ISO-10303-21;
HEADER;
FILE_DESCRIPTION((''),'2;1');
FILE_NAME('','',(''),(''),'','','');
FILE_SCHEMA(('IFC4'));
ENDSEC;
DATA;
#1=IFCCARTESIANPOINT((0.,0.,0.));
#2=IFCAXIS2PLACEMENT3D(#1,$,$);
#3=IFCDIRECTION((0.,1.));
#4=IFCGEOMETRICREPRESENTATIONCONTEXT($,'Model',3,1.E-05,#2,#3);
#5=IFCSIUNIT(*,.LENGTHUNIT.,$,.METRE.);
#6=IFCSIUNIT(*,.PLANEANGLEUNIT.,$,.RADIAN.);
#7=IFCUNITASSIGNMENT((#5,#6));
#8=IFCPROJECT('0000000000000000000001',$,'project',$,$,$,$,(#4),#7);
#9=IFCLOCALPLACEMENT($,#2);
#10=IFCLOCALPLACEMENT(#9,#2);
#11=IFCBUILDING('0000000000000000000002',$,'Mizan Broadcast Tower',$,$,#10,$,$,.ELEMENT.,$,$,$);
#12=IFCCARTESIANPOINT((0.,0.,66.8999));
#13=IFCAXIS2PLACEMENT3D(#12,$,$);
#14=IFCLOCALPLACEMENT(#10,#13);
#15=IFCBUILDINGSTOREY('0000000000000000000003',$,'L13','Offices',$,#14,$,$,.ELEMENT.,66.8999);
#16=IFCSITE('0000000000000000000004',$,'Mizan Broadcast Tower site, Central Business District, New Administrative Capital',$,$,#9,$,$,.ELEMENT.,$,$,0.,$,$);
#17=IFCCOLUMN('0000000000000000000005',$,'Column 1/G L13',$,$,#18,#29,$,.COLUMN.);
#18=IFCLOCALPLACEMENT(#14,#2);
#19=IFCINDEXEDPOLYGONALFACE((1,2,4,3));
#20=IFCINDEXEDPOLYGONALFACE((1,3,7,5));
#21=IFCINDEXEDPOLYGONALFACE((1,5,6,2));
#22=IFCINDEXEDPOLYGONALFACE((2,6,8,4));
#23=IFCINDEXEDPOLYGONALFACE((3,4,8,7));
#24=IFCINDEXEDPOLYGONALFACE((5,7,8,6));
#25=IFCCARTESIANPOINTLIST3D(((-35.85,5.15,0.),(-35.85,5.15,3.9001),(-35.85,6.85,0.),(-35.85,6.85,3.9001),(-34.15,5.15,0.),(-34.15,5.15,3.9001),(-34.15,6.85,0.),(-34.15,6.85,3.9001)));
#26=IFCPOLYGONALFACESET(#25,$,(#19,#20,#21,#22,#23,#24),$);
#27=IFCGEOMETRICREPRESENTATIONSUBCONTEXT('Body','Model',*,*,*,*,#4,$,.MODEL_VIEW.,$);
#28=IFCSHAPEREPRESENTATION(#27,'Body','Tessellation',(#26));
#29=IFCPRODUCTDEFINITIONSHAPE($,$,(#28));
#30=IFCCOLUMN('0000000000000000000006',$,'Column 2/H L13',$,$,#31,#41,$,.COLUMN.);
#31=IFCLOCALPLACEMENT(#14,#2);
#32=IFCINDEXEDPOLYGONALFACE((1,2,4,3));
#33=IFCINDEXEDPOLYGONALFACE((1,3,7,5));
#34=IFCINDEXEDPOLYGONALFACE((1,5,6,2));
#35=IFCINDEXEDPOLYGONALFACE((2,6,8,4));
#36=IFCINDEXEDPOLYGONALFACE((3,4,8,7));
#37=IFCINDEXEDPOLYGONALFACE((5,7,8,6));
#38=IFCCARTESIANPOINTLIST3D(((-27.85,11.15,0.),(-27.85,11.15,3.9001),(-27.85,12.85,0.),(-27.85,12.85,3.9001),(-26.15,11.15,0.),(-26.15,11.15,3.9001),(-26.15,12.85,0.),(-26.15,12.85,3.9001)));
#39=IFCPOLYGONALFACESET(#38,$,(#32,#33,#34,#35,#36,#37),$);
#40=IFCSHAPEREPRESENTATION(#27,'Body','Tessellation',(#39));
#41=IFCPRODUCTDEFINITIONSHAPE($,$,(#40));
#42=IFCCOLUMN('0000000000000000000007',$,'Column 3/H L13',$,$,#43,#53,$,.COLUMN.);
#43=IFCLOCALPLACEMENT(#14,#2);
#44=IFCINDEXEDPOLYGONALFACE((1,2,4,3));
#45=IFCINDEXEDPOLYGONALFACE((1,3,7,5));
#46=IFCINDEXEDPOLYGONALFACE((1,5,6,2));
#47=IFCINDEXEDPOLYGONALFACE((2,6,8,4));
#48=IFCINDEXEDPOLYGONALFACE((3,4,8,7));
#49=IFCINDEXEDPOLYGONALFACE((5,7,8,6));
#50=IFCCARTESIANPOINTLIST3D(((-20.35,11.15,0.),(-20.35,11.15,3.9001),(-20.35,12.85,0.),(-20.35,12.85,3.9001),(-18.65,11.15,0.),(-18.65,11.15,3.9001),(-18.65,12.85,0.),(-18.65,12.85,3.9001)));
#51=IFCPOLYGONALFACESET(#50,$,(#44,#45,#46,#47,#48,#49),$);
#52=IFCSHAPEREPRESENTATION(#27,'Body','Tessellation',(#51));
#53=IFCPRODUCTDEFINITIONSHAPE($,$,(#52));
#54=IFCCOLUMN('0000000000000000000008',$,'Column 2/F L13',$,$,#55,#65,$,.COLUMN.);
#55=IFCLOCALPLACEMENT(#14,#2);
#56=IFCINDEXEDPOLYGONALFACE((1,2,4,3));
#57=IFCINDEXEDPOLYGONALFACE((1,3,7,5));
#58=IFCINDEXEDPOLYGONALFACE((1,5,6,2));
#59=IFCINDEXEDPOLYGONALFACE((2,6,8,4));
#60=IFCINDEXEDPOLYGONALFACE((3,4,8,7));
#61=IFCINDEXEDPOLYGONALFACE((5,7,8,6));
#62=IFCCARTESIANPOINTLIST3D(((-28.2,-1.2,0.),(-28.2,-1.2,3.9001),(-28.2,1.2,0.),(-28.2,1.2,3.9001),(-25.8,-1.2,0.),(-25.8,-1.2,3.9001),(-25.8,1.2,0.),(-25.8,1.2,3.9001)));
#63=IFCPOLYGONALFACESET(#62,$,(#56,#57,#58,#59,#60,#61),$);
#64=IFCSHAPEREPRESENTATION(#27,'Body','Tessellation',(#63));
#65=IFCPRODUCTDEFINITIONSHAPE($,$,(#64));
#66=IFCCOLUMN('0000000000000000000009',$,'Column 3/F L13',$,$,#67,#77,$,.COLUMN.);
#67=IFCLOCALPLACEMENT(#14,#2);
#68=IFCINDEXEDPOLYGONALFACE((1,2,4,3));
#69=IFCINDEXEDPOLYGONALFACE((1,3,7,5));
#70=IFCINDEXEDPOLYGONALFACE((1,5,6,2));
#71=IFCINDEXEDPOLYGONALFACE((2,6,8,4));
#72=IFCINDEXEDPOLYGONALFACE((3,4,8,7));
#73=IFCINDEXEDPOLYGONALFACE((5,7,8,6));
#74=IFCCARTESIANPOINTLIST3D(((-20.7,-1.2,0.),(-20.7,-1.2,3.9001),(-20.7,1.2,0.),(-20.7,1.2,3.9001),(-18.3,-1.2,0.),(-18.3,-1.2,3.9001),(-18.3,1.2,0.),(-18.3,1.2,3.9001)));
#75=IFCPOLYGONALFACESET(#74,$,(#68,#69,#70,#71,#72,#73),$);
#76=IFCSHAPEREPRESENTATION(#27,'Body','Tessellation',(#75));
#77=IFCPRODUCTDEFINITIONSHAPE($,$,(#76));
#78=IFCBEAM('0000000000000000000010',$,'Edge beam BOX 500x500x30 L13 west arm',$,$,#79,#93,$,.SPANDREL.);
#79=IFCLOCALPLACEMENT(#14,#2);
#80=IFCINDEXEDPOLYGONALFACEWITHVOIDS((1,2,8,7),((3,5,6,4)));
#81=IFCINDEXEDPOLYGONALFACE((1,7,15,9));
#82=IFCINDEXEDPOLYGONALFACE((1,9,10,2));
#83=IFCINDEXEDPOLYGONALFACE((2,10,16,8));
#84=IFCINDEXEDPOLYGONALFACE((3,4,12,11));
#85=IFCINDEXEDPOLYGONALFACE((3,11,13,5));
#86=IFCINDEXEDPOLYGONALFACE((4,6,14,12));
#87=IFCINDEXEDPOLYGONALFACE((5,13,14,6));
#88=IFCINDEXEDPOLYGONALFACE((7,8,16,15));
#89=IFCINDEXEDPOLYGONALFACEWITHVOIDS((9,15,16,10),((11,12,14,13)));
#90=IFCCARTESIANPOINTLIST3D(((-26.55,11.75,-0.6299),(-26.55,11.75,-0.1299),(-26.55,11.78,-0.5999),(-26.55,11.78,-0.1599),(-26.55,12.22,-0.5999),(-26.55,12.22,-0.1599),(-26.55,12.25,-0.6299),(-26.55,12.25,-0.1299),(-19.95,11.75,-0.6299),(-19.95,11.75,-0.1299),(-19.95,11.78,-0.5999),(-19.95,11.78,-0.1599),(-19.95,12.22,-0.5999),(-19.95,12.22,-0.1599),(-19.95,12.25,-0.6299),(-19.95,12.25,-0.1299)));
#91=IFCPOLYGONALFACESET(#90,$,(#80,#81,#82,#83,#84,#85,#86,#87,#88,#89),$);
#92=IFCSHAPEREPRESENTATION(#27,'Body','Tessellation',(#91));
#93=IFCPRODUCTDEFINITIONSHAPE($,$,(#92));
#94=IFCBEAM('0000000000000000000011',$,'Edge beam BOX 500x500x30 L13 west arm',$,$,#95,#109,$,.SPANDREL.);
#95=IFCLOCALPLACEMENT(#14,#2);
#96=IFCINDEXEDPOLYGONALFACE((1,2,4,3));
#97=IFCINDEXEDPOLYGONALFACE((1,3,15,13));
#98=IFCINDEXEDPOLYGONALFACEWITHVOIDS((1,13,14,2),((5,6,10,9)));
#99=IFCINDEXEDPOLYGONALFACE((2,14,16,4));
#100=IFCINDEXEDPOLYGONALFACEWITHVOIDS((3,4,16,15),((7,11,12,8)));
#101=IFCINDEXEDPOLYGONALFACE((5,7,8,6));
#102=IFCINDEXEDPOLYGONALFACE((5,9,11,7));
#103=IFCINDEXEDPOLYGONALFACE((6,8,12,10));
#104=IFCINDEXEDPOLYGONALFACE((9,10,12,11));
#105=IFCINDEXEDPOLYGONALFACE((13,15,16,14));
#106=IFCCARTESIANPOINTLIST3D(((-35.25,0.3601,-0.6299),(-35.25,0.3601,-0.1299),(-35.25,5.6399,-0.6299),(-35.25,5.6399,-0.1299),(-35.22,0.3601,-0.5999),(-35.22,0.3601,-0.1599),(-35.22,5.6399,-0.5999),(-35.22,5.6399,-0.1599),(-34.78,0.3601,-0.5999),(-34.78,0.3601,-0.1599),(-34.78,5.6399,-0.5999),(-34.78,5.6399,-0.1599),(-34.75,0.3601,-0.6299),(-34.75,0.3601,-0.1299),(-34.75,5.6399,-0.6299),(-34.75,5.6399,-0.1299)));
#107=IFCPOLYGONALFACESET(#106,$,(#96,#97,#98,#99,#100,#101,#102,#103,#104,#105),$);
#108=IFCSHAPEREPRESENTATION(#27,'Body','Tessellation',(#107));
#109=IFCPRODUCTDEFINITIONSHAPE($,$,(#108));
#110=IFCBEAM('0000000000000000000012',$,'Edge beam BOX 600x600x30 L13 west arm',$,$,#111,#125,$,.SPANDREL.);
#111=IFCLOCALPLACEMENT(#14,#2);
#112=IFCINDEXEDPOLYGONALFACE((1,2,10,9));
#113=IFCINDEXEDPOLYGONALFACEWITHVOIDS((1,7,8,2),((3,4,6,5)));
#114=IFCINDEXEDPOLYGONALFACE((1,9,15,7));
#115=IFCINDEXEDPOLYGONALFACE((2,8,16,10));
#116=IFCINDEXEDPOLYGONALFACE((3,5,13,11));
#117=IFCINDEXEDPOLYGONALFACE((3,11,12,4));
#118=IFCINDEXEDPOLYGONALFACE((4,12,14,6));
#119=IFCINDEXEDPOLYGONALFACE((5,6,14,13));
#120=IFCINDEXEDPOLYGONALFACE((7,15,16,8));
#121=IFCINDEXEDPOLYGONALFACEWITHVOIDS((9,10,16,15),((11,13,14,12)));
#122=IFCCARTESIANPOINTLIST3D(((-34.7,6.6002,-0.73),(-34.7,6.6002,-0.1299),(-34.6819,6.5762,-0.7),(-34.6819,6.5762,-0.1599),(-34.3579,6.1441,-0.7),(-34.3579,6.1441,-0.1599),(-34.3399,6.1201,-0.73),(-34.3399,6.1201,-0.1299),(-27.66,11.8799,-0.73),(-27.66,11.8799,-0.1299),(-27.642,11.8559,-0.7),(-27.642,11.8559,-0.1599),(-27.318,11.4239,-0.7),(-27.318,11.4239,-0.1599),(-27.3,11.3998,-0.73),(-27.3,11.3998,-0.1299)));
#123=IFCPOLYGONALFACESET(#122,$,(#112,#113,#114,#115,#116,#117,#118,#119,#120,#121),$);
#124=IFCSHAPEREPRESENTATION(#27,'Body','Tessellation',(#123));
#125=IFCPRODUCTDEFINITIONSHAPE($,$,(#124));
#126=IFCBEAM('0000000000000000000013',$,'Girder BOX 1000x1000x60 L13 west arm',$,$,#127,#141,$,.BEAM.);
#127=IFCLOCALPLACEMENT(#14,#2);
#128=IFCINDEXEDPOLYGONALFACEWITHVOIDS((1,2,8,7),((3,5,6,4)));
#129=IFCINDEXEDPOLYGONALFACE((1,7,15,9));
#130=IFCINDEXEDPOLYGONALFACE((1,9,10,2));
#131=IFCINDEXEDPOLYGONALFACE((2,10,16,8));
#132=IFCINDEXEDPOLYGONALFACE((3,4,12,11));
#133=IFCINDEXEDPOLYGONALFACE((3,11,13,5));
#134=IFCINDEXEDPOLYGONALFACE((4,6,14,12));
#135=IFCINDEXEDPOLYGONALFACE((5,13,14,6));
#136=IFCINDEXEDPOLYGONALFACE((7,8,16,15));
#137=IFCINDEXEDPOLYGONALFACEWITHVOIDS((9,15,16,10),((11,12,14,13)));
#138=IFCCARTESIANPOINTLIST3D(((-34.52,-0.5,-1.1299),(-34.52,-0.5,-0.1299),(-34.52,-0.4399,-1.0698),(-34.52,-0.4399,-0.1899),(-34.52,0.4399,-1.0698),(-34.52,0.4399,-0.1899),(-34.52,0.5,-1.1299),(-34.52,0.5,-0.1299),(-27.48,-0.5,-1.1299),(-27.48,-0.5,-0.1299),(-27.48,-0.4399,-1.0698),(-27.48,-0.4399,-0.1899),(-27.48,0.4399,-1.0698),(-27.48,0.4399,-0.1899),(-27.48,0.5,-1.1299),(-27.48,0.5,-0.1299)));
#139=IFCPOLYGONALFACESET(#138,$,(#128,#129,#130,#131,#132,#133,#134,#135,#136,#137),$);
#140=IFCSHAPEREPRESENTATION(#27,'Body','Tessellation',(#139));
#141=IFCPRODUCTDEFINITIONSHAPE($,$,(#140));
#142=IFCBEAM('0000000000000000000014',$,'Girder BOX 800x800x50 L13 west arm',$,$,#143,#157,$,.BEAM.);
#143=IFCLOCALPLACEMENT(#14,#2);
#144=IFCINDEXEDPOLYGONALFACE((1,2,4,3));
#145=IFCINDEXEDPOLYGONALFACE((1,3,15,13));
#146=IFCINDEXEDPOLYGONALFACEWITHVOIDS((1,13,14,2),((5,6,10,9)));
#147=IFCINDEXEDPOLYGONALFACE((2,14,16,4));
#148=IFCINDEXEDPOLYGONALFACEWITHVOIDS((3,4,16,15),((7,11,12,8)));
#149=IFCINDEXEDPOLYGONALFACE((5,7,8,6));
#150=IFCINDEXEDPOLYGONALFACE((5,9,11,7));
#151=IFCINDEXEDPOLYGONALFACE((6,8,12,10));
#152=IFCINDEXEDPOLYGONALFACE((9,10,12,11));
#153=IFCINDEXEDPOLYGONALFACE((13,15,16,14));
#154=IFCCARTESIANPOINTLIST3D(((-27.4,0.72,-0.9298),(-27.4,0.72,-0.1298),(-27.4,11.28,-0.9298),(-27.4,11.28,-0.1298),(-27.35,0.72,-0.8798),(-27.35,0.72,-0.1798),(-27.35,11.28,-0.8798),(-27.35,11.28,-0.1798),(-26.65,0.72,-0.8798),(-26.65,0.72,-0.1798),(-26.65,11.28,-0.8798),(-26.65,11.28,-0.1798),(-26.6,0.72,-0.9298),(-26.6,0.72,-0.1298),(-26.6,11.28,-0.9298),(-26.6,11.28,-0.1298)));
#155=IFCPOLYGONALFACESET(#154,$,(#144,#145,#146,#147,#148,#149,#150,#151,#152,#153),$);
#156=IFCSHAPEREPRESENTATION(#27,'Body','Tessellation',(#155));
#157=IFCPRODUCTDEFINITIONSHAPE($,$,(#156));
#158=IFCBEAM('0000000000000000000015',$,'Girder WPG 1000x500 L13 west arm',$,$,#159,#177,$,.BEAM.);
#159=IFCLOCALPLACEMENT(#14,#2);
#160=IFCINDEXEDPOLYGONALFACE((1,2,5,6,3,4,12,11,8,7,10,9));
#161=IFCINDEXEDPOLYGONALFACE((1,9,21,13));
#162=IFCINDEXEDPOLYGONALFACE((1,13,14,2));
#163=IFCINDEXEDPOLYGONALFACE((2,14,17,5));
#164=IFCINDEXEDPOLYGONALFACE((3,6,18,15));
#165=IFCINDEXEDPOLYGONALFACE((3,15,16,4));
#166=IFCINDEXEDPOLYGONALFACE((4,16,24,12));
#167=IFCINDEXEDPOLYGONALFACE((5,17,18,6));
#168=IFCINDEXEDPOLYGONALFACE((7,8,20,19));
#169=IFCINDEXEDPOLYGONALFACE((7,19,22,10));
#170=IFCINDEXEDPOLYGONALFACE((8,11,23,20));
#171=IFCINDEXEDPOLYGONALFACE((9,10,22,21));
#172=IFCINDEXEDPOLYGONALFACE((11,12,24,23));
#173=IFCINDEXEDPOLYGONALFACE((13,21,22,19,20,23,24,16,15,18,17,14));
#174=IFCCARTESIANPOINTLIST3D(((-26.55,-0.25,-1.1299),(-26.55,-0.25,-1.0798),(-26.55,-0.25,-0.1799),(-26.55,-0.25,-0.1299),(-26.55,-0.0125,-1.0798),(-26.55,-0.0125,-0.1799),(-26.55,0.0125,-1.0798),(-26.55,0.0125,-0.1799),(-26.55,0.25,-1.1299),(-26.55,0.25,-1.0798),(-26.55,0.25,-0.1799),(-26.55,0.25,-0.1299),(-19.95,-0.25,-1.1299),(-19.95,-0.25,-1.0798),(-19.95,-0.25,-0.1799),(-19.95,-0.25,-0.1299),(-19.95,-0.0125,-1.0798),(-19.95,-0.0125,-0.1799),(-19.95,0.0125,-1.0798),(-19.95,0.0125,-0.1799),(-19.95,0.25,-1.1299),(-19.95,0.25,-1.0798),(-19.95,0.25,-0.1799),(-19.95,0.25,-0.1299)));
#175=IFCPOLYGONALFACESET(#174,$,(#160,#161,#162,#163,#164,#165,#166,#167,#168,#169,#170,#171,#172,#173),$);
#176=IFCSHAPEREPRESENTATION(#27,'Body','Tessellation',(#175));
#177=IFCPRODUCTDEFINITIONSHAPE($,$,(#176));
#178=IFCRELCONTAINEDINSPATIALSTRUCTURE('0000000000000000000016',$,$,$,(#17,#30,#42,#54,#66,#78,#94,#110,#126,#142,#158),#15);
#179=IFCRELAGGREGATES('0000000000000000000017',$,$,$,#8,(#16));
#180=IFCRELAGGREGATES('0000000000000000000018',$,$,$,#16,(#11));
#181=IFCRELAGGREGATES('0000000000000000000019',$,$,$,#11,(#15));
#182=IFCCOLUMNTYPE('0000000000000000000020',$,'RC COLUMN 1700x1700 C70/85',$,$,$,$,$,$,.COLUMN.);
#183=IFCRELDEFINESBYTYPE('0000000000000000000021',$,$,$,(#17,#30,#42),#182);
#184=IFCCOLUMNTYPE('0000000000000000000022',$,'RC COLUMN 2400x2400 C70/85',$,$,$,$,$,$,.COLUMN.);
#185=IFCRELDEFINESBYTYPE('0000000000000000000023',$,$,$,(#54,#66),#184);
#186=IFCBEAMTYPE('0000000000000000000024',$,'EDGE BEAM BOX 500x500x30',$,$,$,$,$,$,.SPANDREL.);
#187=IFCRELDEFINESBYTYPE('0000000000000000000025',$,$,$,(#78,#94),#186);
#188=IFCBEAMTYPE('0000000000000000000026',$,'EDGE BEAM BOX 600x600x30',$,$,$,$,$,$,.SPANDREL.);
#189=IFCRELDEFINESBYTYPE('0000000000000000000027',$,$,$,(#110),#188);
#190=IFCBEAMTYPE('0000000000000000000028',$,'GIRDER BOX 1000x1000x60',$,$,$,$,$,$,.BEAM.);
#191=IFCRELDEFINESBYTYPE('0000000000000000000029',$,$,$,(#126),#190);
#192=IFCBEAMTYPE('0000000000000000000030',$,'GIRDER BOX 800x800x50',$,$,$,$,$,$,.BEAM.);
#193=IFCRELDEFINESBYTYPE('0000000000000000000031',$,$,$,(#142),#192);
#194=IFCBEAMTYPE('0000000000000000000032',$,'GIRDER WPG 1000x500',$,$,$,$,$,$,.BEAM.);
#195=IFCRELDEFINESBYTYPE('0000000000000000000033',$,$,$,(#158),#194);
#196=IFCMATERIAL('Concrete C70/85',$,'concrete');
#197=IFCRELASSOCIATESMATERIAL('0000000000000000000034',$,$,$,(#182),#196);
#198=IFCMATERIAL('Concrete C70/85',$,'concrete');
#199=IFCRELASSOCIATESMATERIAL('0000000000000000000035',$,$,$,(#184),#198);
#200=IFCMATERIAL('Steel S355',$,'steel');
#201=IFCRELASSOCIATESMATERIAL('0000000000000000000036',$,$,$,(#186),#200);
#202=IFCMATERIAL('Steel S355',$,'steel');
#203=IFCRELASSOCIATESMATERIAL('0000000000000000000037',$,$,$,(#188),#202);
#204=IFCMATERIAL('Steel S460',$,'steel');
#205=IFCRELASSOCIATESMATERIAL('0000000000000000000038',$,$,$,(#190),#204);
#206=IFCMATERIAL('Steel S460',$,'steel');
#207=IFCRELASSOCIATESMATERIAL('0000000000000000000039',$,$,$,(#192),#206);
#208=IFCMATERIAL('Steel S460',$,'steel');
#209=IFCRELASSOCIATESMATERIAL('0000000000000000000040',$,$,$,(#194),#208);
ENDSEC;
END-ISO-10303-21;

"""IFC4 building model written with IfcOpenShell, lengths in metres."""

from ifc_helpers import new_model, si_unit, direction, frame, origin, origin_2d, place, context, subcontext, project, spatial, rectangle, hollow_rectangle, i_section, extrude, material, material_profile, profile_set, type_object, element, save


model = new_model("IFC4")

# Units and contexts
model_context = context("Model", 3, precision=1e-05, world=origin(), true_north=direction((0.0, 1.0)))
body_context = subcontext(model_context, "Body", "Model", "MODEL_VIEW")
ifc_project = project(units=[si_unit("LENGTHUNIT", "METRE"), si_unit("PLANEANGLEUNIT", "RADIAN")], contexts=[model_context])

# Site, building, storey
site_placement = place(None, origin())
site = spatial("IfcSite", under=ifc_project, at=site_placement, Name="Mizan Broadcast Tower site, Central Business District, New Administrative Capital", CompositionType="ELEMENT", RefElevation=0.0)
building_placement = place(site_placement, origin())
building = spatial("IfcBuilding", under=site, at=building_placement, Name="Mizan Broadcast Tower", CompositionType="ELEMENT")
storey_placement = place(building_placement, frame((0.0, 0.0, 66.8999)))
storey = spatial("IfcBuildingStorey", under=building, at=storey_placement, Name="L13", Description="Offices", CompositionType="ELEMENT", Elevation=66.8999)

# Columns
ifc_material_1 = material(Name="Concrete C70/85", Category="concrete")
ifc_material_profile_1 = material_profile(ifc_material_1, rectangle(XDim=1.7, YDim=1.7, at=origin_2d()), Name="RC 1700x1700")
ifc_profile_set_1 = profile_set([ifc_material_profile_1], Name="Concrete C70/85")
column_type_1 = type_object("IfcColumnType", Name="RC COLUMN 1700x1700 C70/85", PredefinedType="COLUMN", material=ifc_profile_set_1)
for number, where, z_axis, x_axis, name in (
    (1, (-35.0, 6.0, 0.0), (0.0, 0.0, 1.0), (1.0, 0.0, 0.0), "Column 1/G L13"),
    (2, (-27.0, 12.0, 0.0), (0.0, 0.0, 1.0), (1.0, 0.0, 0.0), "Column 2/H L13"),
    (3, (-19.5, 12.0, 0.0), (0.0, 0.0, 1.0), (1.0, 0.0, 0.0), "Column 3/H L13"),
):
    element("IfcColumn", number, at=place(storey_placement, frame(where, z_axis=z_axis, x_axis=x_axis)), inside=storey, type_object=column_type_1, Name=name, PredefinedType="COLUMN", context=body_context, shape_type="SweptSolid", body=[
        extrude(rectangle(XDim=1.7, YDim=1.7, at=origin_2d()), origin(), (0.0, 0.0, 1.0), 3.9001),
    ])
ifc_material_2 = material(Name="Concrete C70/85", Category="concrete")
ifc_material_profile_2 = material_profile(ifc_material_2, rectangle(XDim=2.3999, YDim=2.3999, at=origin_2d()), Name="RC 2400x2400")
ifc_profile_set_2 = profile_set([ifc_material_profile_2], Name="Concrete C70/85")
column_type_2 = type_object("IfcColumnType", Name="RC COLUMN 2400x2400 C70/85", PredefinedType="COLUMN", material=ifc_profile_set_2)
for number, where, z_axis, x_axis, name in (
    (4, (-27.0, 0.0, 0.0), (0.0, 0.0, 1.0), (1.0, 0.0, 0.0), "Column 2/F L13"),
    (5, (-19.5, 0.0, 0.0), (0.0, 0.0, 1.0), (1.0, 0.0, 0.0), "Column 3/F L13"),
):
    element("IfcColumn", number, at=place(storey_placement, frame(where, z_axis=z_axis, x_axis=x_axis)), inside=storey, type_object=column_type_2, Name=name, PredefinedType="COLUMN", context=body_context, shape_type="SweptSolid", body=[
        extrude(rectangle(XDim=2.3999, YDim=2.3999, at=origin_2d()), origin(), (0.0, 0.0, 1.0), 3.9001),
    ])

# Beams
ifc_material_3 = material(Name="Steel S355", Category="steel")
ifc_material_profile_3 = material_profile(ifc_material_3, hollow_rectangle(XDim=0.5, YDim=0.5, WallThickness=0.03, at=origin_2d()), Name="BOX 500x500x30")
ifc_profile_set_3 = profile_set([ifc_material_profile_3], Name="Steel S355")
beam_type_1 = type_object("IfcBeamType", Name="EDGE BEAM BOX 500x500x30", PredefinedType="SPANDREL", material=ifc_profile_set_3)
beam_1_placement = place(storey_placement, frame((-19.95, 12.0, -0.3799), z_axis=(-1.0, 0.0, 0.0), x_axis=(0.0, -1.0, 0.0)))
element("IfcBeam", 6, at=beam_1_placement, inside=storey, type_object=beam_type_1, Name="Edge beam BOX 500x500x30 L13 west arm", PredefinedType="SPANDREL", context=body_context, shape_type="SweptSolid", body=[
    extrude(hollow_rectangle(XDim=0.5, YDim=0.5, WallThickness=0.03, at=origin_2d()), origin(), (0.0, 0.0, 1.0), 6.6001),
])
beam_2_placement = place(storey_placement, frame((-35.0, 5.6399, -0.3799), z_axis=(0.0, -1.0, 0.0), x_axis=(1.0, 0.0, 0.0)))
element("IfcBeam", 7, at=beam_2_placement, inside=storey, type_object=beam_type_1, Name="Edge beam BOX 500x500x30 L13 west arm", PredefinedType="SPANDREL", context=body_context, shape_type="SweptSolid", body=[
    extrude(hollow_rectangle(XDim=0.5, YDim=0.5, WallThickness=0.03, at=origin_2d()), origin(), (0.0, 0.0, 1.0), 5.2798),
])
ifc_material_4 = material(Name="Steel S355", Category="steel")
ifc_material_profile_4 = material_profile(ifc_material_4, hollow_rectangle(XDim=0.6001, YDim=0.6001, WallThickness=0.03, at=origin_2d()), Name="BOX 600x600x30")
ifc_profile_set_4 = profile_set([ifc_material_profile_4], Name="Steel S355")
beam_type_2 = type_object("IfcBeamType", Name="EDGE BEAM BOX 600x600x30", PredefinedType="SPANDREL", material=ifc_profile_set_4)
beam_3_placement = place(storey_placement, frame((-27.48, 11.6399, -0.4299), z_axis=(-0.800013, -0.599982, 0.0), x_axis=(0.599982, -0.800013, 0.0)))
element("IfcBeam", 8, at=beam_3_placement, inside=storey, type_object=beam_type_2, Name="Edge beam BOX 600x600x30 L13 west arm", PredefinedType="SPANDREL", context=body_context, shape_type="SweptSolid", body=[
    extrude(hollow_rectangle(XDim=0.6001, YDim=0.6001, WallThickness=0.03, at=origin_2d()), origin(), (0.0, 0.0, 1.0), 8.7998),
])
ifc_material_5 = material(Name="Steel S460", Category="steel")
ifc_material_profile_5 = material_profile(ifc_material_5, hollow_rectangle(XDim=1.0, YDim=1.0, WallThickness=0.0601, at=origin_2d()), Name="BOX 1000x1000x60")
ifc_profile_set_5 = profile_set([ifc_material_profile_5], Name="Steel S460")
beam_type_3 = type_object("IfcBeamType", Name="GIRDER BOX 1000x1000x60", PredefinedType="BEAM", material=ifc_profile_set_5)
beam_4_placement = place(storey_placement, frame((-27.48, 0.0, -0.6299), z_axis=(-1.0, 0.0, 0.0), x_axis=(0.0, -1.0, 0.0)))
element("IfcBeam", 9, at=beam_4_placement, inside=storey, type_object=beam_type_3, Name="Girder BOX 1000x1000x60 L13 west arm", PredefinedType="BEAM", context=body_context, shape_type="SweptSolid", body=[
    extrude(hollow_rectangle(XDim=1.0, YDim=1.0, WallThickness=0.0601, at=origin_2d()), origin(), (0.0, 0.0, 1.0), 7.04),
])
ifc_material_6 = material(Name="Steel S460", Category="steel")
ifc_material_profile_6 = material_profile(ifc_material_6, hollow_rectangle(XDim=0.8, YDim=0.8, WallThickness=0.05, at=origin_2d()), Name="BOX 800x800x50")
ifc_profile_set_6 = profile_set([ifc_material_profile_6], Name="Steel S460")
beam_type_4 = type_object("IfcBeamType", Name="GIRDER BOX 800x800x50", PredefinedType="BEAM", material=ifc_profile_set_6)
beam_5_placement = place(storey_placement, frame((-27.0, 11.28, -0.5298), z_axis=(0.0, -1.0, 0.0), x_axis=(1.0, 0.0, 0.0)))
element("IfcBeam", 10, at=beam_5_placement, inside=storey, type_object=beam_type_4, Name="Girder BOX 800x800x50 L13 west arm", PredefinedType="BEAM", context=body_context, shape_type="SweptSolid", body=[
    extrude(hollow_rectangle(XDim=0.8, YDim=0.8, WallThickness=0.05, at=origin_2d()), origin(), (0.0, 0.0, 1.0), 10.5601),
])
ifc_material_7 = material(Name="Steel S460", Category="steel")
ifc_material_profile_7 = material_profile(ifc_material_7, i_section(OverallWidth=0.5, OverallDepth=1.0, WebThickness=0.0249, FlangeThickness=0.05, at=origin_2d()), Name="WPG 1000x500")
ifc_profile_set_7 = profile_set([ifc_material_profile_7], Name="Steel S460")
beam_type_5 = type_object("IfcBeamType", Name="GIRDER WPG 1000x500", PredefinedType="BEAM", material=ifc_profile_set_7)
beam_6_placement = place(storey_placement, frame((-19.95, 0.0, -0.6299), z_axis=(-1.0, 0.0, 0.0), x_axis=(0.0, -1.0, 0.0)))
element("IfcBeam", 11, at=beam_6_placement, inside=storey, type_object=beam_type_5, Name="Girder WPG 1000x500 L13 west arm", PredefinedType="BEAM", context=body_context, shape_type="SweptSolid", body=[
    extrude(i_section(OverallWidth=0.5, OverallDepth=1.0, WebThickness=0.0249, FlangeThickness=0.05, at=origin_2d()), origin(), (0.0, 0.0, 1.0), 6.6001),
])

save(model, "model.ifc")
